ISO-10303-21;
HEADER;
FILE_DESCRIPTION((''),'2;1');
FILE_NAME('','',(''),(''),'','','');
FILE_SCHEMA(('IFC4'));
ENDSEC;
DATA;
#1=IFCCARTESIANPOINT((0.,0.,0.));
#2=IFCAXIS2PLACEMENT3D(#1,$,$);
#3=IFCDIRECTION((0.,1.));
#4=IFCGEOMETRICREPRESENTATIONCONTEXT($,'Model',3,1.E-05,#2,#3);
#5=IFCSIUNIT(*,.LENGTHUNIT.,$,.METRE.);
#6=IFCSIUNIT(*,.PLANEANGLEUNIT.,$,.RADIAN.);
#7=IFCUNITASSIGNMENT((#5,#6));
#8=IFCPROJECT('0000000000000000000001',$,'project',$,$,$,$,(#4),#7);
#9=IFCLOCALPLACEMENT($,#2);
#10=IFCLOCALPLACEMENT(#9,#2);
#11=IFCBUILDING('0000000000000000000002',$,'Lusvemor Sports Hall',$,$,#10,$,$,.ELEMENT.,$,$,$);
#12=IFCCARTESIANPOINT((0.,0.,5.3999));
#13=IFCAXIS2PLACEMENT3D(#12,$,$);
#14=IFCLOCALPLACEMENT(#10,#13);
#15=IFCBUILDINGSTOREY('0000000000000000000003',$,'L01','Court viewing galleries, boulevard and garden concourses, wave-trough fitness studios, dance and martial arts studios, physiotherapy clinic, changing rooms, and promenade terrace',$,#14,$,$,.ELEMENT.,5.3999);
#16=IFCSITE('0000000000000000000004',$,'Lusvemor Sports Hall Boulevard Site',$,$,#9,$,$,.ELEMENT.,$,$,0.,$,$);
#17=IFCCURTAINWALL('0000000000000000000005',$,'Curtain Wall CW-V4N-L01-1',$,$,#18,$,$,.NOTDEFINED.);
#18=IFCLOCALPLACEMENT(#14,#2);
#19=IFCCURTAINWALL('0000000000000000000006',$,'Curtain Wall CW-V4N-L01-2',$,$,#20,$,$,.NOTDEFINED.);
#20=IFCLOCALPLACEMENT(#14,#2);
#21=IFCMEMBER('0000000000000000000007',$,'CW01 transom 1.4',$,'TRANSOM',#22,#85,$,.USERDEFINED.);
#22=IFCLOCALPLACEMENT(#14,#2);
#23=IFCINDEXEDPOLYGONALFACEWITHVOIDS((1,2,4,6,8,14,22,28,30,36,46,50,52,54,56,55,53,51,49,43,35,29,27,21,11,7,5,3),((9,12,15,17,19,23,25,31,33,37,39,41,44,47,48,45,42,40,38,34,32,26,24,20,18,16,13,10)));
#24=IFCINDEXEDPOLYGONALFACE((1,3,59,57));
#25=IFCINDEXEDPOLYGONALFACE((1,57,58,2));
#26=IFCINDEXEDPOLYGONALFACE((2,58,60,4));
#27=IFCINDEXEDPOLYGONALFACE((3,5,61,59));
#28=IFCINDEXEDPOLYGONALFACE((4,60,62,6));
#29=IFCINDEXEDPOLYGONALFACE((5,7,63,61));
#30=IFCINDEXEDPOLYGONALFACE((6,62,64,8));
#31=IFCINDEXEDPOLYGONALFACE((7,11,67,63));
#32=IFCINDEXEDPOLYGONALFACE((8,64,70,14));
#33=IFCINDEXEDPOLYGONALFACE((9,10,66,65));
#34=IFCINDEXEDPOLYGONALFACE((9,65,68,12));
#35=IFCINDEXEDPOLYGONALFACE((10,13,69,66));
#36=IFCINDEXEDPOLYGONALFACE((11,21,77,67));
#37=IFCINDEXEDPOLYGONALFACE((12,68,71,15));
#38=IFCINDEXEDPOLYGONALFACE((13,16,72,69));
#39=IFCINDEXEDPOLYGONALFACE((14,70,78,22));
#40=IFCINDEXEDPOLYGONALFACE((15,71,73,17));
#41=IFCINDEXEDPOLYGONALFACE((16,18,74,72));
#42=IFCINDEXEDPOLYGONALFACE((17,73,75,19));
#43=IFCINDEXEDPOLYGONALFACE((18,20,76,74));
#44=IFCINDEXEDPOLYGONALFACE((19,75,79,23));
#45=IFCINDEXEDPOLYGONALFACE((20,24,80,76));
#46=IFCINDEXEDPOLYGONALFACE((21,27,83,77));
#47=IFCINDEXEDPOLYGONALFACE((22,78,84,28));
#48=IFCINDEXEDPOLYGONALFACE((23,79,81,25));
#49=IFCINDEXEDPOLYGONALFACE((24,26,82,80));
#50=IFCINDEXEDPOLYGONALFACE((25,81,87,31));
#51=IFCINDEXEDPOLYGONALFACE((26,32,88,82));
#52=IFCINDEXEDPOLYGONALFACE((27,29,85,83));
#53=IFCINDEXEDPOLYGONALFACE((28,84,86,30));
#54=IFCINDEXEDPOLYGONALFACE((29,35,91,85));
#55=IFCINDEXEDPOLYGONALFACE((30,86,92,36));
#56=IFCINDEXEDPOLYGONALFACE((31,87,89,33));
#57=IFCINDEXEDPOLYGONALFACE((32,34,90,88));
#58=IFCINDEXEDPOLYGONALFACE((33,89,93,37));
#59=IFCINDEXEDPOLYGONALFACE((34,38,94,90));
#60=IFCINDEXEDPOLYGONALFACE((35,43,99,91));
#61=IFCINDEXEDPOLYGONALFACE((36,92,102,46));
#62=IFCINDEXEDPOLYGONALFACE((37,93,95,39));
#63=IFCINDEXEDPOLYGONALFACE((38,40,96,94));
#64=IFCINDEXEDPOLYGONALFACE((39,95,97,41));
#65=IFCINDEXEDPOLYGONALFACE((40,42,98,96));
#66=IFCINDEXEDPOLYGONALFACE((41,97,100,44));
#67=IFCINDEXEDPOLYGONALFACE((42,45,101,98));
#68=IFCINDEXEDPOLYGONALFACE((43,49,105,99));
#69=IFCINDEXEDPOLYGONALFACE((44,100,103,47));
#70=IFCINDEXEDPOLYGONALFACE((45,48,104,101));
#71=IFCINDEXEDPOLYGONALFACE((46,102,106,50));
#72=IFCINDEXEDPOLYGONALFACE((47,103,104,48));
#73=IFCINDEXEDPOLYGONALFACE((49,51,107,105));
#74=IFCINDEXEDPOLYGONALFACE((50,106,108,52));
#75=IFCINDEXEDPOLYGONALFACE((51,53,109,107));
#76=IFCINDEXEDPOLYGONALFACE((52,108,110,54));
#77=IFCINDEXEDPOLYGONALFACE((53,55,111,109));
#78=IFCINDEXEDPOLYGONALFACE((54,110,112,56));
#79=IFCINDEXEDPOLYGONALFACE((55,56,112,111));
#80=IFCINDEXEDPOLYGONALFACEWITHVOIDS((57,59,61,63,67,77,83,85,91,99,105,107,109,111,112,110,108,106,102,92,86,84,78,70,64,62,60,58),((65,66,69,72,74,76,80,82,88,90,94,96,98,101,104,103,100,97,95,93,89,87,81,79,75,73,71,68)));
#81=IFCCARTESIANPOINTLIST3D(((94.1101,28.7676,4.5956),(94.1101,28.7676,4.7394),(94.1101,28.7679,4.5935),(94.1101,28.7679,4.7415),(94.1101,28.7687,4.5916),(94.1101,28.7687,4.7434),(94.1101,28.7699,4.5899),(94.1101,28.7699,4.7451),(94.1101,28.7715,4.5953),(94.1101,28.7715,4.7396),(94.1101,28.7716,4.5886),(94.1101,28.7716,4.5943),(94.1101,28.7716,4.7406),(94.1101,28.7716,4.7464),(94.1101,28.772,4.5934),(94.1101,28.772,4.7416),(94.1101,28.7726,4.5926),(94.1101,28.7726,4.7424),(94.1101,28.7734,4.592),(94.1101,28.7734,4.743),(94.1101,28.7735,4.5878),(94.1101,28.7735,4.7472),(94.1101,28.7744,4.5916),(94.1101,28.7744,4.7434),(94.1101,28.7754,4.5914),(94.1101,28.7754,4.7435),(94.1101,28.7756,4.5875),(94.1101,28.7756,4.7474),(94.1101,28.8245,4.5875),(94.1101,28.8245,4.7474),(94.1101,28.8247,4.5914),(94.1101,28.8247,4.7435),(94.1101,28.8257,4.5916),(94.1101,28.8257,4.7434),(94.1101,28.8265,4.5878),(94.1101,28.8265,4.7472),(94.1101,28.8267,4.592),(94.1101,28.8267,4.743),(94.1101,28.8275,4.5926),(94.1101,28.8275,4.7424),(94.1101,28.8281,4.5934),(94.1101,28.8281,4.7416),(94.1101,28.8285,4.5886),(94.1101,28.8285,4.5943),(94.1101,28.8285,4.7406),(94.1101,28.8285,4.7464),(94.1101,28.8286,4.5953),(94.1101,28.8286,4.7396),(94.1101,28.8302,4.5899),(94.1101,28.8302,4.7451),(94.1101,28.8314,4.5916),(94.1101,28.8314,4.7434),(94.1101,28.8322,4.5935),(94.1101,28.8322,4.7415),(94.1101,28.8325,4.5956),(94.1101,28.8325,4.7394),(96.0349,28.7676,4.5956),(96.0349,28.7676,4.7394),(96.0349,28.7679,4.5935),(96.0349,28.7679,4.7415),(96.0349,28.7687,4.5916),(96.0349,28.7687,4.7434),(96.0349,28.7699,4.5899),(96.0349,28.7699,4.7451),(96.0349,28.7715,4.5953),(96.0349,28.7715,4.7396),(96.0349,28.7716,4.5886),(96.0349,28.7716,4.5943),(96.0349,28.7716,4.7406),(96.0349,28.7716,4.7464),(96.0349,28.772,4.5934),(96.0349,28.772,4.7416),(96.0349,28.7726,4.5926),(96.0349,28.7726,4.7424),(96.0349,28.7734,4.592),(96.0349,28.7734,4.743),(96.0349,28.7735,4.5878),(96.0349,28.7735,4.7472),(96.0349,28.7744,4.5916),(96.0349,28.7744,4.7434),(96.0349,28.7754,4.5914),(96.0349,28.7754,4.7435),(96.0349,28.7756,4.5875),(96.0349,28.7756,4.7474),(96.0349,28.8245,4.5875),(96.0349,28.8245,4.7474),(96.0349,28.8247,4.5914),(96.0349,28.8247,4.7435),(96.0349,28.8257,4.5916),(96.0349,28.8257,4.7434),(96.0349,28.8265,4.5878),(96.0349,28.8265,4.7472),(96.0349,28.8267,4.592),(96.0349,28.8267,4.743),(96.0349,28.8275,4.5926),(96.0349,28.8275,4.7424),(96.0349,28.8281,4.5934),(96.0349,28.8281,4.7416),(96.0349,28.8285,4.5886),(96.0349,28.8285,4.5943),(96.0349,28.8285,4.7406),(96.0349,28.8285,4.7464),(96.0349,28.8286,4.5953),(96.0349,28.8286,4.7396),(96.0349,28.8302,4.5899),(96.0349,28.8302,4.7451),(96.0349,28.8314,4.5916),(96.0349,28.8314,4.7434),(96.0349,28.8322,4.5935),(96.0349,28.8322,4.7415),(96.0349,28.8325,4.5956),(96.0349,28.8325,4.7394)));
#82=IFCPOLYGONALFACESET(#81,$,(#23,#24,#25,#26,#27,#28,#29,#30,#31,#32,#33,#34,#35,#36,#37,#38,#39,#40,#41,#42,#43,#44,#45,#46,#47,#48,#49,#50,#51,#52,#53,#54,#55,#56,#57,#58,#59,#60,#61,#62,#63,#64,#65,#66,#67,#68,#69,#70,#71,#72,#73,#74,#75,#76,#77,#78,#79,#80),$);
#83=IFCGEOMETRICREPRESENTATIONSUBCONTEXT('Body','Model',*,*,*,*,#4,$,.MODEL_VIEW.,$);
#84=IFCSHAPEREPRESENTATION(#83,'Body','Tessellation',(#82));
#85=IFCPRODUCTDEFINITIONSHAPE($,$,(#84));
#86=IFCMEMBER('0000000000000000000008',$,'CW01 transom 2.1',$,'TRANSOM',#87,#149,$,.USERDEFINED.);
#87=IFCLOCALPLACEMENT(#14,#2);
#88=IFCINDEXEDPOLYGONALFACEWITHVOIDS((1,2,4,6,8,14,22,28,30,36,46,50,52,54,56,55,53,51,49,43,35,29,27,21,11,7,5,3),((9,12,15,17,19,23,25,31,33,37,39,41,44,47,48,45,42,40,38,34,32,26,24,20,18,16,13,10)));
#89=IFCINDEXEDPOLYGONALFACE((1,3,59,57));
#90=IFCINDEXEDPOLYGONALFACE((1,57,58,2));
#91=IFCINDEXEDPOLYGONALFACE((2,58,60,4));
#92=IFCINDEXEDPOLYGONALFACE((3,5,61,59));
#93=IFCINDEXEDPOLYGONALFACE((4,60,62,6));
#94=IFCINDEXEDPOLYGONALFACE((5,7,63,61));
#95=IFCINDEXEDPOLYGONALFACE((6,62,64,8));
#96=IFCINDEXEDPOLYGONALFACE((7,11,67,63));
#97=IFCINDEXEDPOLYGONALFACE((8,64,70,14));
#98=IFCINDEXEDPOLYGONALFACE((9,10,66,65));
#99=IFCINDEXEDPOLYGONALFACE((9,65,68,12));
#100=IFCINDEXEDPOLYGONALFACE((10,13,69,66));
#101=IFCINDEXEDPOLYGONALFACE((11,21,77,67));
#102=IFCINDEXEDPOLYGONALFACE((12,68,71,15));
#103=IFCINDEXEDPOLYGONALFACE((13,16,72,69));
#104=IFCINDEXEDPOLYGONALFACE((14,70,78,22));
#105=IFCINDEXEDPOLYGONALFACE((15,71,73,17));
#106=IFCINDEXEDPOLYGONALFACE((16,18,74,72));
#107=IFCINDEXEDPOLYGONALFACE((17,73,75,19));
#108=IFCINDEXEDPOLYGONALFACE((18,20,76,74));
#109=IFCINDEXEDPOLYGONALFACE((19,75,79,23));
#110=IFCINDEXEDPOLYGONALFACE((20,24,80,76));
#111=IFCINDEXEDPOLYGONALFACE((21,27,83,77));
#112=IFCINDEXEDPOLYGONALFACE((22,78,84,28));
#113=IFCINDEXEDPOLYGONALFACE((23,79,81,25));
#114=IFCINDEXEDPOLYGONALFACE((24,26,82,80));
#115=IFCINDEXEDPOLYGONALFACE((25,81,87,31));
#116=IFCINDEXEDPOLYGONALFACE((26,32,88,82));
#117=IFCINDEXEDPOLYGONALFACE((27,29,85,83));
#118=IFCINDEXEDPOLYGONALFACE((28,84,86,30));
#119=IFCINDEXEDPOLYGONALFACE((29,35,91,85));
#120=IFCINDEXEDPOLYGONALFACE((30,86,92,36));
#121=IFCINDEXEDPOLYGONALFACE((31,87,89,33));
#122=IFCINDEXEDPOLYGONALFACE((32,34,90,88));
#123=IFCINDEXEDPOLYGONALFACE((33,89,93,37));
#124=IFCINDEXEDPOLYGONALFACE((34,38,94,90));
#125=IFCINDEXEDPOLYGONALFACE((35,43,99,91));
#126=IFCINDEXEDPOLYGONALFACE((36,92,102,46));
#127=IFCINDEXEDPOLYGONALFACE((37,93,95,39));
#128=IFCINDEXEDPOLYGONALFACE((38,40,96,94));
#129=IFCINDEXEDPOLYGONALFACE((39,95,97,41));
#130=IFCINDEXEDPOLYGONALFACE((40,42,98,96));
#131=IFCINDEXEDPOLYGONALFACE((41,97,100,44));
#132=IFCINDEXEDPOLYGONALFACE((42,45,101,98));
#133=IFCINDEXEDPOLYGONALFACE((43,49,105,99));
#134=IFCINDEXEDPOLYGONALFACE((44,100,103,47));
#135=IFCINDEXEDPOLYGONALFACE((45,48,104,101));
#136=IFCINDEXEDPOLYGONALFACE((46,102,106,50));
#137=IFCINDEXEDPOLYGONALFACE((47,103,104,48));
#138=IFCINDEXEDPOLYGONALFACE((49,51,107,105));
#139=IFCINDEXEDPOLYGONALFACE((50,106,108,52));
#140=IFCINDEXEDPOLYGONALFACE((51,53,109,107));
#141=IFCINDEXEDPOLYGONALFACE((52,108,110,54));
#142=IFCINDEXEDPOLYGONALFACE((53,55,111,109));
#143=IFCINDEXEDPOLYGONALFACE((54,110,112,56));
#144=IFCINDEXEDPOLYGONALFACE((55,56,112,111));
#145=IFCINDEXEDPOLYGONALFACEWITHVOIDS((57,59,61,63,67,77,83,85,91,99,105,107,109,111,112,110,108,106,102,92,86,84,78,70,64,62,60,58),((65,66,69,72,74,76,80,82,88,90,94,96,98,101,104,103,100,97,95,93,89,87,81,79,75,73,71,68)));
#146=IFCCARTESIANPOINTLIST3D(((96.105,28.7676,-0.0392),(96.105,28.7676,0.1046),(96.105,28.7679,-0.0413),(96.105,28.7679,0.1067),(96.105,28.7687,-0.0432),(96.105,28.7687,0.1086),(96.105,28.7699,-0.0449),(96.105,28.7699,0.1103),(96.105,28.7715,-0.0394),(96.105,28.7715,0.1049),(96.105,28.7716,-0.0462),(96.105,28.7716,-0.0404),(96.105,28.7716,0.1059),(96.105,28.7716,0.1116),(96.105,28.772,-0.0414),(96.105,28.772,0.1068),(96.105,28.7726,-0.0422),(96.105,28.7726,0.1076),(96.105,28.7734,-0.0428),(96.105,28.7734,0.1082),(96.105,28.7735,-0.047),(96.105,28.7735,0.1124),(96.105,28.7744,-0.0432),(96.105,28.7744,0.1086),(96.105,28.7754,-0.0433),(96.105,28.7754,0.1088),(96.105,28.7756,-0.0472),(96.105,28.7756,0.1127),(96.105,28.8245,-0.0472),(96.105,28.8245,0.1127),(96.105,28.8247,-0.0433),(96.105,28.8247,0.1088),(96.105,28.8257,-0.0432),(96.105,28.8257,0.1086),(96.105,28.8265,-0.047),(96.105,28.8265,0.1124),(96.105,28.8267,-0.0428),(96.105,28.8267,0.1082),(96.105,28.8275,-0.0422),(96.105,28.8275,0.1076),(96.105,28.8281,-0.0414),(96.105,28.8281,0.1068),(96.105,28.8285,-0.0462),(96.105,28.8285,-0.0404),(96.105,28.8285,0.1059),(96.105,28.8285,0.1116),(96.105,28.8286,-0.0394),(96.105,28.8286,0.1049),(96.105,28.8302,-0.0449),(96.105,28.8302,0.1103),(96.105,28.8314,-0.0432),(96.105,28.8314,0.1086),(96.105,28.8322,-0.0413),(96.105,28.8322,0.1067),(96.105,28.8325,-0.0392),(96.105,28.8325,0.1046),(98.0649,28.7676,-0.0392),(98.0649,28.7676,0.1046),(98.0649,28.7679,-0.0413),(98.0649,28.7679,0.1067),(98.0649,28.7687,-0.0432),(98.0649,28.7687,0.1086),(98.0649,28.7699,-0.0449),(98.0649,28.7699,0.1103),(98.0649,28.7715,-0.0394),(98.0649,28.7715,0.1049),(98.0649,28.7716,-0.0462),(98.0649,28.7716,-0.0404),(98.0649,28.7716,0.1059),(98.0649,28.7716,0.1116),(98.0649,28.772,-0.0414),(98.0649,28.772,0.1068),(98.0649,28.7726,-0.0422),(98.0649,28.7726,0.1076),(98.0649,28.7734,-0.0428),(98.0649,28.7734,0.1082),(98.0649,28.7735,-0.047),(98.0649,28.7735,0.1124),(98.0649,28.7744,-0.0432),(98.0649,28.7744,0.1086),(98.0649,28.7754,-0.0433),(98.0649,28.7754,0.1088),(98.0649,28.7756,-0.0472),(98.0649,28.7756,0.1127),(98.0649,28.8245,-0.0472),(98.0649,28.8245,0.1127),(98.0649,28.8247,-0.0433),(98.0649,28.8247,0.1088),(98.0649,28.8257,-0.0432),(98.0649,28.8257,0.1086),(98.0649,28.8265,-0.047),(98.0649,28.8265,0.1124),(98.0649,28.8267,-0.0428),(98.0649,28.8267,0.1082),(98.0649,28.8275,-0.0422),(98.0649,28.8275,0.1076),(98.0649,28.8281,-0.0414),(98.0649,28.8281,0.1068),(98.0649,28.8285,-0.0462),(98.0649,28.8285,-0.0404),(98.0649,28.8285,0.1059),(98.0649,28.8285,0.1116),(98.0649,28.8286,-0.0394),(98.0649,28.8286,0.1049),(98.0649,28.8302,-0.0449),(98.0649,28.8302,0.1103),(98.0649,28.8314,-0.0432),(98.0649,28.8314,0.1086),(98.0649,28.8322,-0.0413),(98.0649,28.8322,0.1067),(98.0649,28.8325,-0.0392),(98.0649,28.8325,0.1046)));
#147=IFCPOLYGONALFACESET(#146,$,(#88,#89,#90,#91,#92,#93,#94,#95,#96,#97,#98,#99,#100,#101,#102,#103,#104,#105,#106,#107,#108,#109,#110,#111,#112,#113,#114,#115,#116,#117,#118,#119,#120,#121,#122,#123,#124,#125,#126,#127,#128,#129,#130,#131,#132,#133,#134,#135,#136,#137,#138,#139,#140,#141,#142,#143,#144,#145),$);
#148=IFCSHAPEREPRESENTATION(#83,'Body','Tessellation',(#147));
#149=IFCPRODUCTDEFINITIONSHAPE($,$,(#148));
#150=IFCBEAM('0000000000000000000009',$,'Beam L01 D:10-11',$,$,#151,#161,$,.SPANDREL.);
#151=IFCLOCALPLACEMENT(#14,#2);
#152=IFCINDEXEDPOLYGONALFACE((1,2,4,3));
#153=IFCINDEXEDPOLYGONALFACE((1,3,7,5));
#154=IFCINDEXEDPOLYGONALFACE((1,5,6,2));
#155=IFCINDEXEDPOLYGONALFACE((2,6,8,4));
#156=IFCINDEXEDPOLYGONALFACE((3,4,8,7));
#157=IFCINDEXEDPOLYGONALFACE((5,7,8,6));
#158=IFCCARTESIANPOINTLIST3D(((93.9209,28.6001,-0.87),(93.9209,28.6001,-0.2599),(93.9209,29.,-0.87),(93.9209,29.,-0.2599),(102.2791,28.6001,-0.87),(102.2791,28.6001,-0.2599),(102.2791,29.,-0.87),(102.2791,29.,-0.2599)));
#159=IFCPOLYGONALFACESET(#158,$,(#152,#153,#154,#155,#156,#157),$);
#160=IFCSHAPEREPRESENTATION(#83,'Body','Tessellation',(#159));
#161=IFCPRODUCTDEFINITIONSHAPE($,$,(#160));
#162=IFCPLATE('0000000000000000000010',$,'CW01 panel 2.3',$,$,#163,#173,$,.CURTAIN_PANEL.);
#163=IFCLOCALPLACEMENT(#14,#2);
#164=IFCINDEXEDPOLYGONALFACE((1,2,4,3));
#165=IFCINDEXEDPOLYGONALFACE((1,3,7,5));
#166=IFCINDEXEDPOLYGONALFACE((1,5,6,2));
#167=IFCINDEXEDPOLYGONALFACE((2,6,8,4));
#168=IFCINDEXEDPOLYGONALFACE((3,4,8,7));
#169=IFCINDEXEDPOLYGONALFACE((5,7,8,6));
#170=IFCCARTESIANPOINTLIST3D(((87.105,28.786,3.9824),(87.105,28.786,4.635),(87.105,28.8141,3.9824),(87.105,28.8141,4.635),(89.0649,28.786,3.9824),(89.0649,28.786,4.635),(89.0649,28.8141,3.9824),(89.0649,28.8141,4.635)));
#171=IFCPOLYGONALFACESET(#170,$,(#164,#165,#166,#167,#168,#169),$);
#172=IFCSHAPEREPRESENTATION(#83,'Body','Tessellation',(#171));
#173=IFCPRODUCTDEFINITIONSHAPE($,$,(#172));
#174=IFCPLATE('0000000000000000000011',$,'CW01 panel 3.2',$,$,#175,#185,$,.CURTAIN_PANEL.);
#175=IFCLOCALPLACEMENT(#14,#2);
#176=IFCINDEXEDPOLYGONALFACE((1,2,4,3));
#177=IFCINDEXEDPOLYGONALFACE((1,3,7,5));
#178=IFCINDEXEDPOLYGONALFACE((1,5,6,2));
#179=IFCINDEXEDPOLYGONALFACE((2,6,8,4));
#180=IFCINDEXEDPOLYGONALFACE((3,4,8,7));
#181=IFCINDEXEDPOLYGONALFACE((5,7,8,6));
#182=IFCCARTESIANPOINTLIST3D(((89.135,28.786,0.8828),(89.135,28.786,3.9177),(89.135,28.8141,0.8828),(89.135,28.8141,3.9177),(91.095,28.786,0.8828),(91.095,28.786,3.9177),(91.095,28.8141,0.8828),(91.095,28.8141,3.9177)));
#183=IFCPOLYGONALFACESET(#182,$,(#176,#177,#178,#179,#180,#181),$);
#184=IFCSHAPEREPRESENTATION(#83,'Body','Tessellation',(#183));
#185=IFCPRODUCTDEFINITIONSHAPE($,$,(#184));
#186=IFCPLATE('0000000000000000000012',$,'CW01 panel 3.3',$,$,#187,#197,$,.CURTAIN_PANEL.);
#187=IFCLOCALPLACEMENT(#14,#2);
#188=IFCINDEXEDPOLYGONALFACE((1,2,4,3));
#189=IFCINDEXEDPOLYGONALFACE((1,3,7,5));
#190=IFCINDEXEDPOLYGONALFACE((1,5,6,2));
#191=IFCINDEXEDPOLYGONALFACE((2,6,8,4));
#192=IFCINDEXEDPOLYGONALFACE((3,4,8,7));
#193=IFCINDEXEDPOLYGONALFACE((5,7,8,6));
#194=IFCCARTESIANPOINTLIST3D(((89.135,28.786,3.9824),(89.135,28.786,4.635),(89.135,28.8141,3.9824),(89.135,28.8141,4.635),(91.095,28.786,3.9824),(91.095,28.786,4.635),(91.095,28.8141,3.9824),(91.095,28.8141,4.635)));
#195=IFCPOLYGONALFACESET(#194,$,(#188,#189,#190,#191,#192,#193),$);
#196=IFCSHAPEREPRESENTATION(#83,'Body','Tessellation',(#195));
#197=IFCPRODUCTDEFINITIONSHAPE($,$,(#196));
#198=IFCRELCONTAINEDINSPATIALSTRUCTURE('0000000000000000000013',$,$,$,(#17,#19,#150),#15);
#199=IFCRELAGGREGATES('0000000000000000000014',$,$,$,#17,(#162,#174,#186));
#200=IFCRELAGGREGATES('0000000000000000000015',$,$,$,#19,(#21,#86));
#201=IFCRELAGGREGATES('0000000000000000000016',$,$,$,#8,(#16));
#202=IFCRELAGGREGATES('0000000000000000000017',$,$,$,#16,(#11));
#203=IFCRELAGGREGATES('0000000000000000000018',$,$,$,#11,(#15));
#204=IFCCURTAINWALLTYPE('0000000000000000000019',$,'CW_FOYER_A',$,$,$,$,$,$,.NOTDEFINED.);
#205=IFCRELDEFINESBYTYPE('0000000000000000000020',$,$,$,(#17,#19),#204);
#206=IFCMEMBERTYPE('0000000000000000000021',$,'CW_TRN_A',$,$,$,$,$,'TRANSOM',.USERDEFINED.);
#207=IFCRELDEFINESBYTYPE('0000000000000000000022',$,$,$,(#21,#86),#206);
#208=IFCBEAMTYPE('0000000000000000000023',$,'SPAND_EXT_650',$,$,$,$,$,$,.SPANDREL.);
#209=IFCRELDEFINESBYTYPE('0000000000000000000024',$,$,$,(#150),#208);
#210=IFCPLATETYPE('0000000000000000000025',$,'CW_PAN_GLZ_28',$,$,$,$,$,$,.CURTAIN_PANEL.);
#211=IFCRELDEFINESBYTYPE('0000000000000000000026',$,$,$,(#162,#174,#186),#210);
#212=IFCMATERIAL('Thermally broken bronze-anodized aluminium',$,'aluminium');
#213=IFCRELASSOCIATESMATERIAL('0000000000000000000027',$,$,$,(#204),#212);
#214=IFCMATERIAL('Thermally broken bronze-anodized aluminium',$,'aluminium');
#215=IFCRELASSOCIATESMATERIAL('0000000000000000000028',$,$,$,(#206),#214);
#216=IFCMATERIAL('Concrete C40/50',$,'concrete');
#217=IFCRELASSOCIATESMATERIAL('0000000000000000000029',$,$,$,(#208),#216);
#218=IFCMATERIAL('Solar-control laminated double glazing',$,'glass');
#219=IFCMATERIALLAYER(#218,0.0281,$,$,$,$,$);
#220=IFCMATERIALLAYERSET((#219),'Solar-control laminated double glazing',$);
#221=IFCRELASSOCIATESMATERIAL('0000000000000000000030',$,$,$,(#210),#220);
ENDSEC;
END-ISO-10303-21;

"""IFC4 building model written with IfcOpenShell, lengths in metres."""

from ifc_helpers import new_model, si_unit, direction, frame, origin, origin_2d, place, context, subcontext, project, spatial, rectangle, hollow_rectangle, extrude, material, layer, layer_set, material_profile, profile_set, type_object, element, aggregate, save


model = new_model("IFC4")

# Units and contexts
model_context = context("Model", 3, precision=1e-05, world=origin(), true_north=direction((0.0, 1.0)))
body_context = subcontext(model_context, "Body", "Model", "MODEL_VIEW")
ifc_project = project(units=[si_unit("LENGTHUNIT", "METRE"), si_unit("PLANEANGLEUNIT", "RADIAN")], contexts=[model_context])

# Site, building, storey
site_placement = place(None, origin())
site = spatial("IfcSite", under=ifc_project, at=site_placement, Name="Lusvemor Sports Hall Boulevard Site", CompositionType="ELEMENT", RefElevation=0.0)
building_placement = place(site_placement, origin())
building = spatial("IfcBuilding", under=site, at=building_placement, Name="Lusvemor Sports Hall", CompositionType="ELEMENT")
storey_placement = place(building_placement, frame((0.0, 0.0, 5.3999)))
storey = spatial("IfcBuildingStorey", under=building, at=storey_placement, Name="L01", Description="Court viewing galleries, boulevard and garden concourses, wave-trough fitness studios, dance and martial arts studios, physiotherapy clinic, changing rooms, and promenade terrace", CompositionType="ELEMENT", Elevation=5.3999)

# Curtain walls
ifc_material_1 = material(Name="Thermally broken bronze-anodized aluminium", Category="aluminium")
curtain_wall_type = type_object("IfcCurtainWallType", Name="CW_FOYER_A", PredefinedType="NOTDEFINED", material=ifc_material_1)
curtain_wall_1_placement = place(storey_placement, origin())
curtain_wall_1 = element("IfcCurtainWall", 1, at=curtain_wall_1_placement, inside=storey, type_object=curtain_wall_type, Name="Curtain Wall CW-V4N-L01-1", PredefinedType="NOTDEFINED")
curtain_wall_2_placement = place(storey_placement, origin())
curtain_wall_2 = element("IfcCurtainWall", 2, at=curtain_wall_2_placement, inside=storey, type_object=curtain_wall_type, Name="Curtain Wall CW-V4N-L01-2", PredefinedType="NOTDEFINED")

# Members
ifc_material_2 = material(Name="Thermally broken bronze-anodized aluminium", Category="aluminium")
ifc_material_profile_1 = material_profile(ifc_material_2, hollow_rectangle(XDim=0.0649, YDim=0.1599, WallThickness=0.0039, InnerFilletRadius=0.0039, OuterFilletRadius=0.0081, at=origin_2d()), Name="CWTRN160x65x4")
ifc_profile_set_1 = profile_set([ifc_material_profile_1], Name="Thermally broken bronze-anodized aluminium")
member_type_1 = type_object("IfcMemberType", Name="CW_TRN_A", ElementType="TRANSOM", PredefinedType="USERDEFINED", material=ifc_profile_set_1)
member_1_placement = place(storey_placement, frame((94.1101, 28.8, 4.6675), z_axis=(1.0, 0.0, 0.0), x_axis=(0.0, 1.0, 0.0)))
member_1 = element("IfcMember", 3, at=member_1_placement, type_object=member_type_1, Name="CW01 transom 1.4", ObjectType="TRANSOM", PredefinedType="USERDEFINED", context=body_context, shape_type="SweptSolid", body=[
    extrude(hollow_rectangle(XDim=0.0649, YDim=0.1599, WallThickness=0.0039, InnerFilletRadius=0.0039, OuterFilletRadius=0.0081, at=origin_2d()), origin(), (0.0, 0.0, 1.0), 1.9248),
])
member_2_placement = place(storey_placement, frame((96.105, 28.8, 0.0327), z_axis=(1.0, 0.0, 0.0), x_axis=(0.0, 1.0, 0.0)))
member_2 = element("IfcMember", 4, at=member_2_placement, type_object=member_type_1, Name="CW01 transom 2.1", ObjectType="TRANSOM", PredefinedType="USERDEFINED", context=body_context, shape_type="SweptSolid", body=[
    extrude(hollow_rectangle(XDim=0.0649, YDim=0.1599, WallThickness=0.0039, InnerFilletRadius=0.0039, OuterFilletRadius=0.0081, at=origin_2d()), origin(), (0.0, 0.0, 1.0), 1.96),
])

# Beam
ifc_material_3 = material(Name="Concrete C40/50", Category="concrete")
ifc_material_profile_2 = material_profile(ifc_material_3, rectangle(XDim=0.3999, YDim=0.6101, at=origin_2d()), Name="RC400x610")
ifc_profile_set_2 = profile_set([ifc_material_profile_2], Name="Concrete C40/50")
beam_type = type_object("IfcBeamType", Name="SPAND_EXT_650", PredefinedType="SPANDREL", material=ifc_profile_set_2)
beam_placement = place(storey_placement, frame((93.9209, 28.8, -0.5649), z_axis=(1.0, 0.0, 0.0), x_axis=(0.0, 1.0, 0.0)))
element("IfcBeam", 5, at=beam_placement, inside=storey, type_object=beam_type, Name="Beam L01 D:10-11", PredefinedType="SPANDREL", context=body_context, shape_type="SweptSolid", body=[
    extrude(rectangle(XDim=0.3999, YDim=0.6101, at=origin_2d()), origin(), (0.0, 0.0, 1.0), 8.3582),
])

# Plates
ifc_material_4 = material(Name="Solar-control laminated double glazing", Category="glass")
ifc_layer_1 = layer(ifc_material_4, 0.0281)
ifc_layer_set_1 = layer_set([ifc_layer_1], Name="Solar-control laminated double glazing")
plate_type_1 = type_object("IfcPlateType", Name="CW_PAN_GLZ_28", PredefinedType="CURTAIN_PANEL", material=ifc_layer_set_1)
plate_1_placement = place(storey_placement, frame((88.085, 28.8, 3.9824), z_axis=(0.0, 0.0, 1.0), x_axis=(1.0, 0.0, 0.0)))
plate_1 = element("IfcPlate", 6, at=plate_1_placement, type_object=plate_type_1, Name="CW01 panel 2.3", PredefinedType="CURTAIN_PANEL", context=body_context, shape_type="SweptSolid", body=[
    extrude(rectangle(XDim=1.96, YDim=0.0281, at=origin_2d()), origin(), (0.0, 0.0, 1.0), 0.6526),
])
plate_2_placement = place(storey_placement, frame((90.115, 28.8, 0.8828), z_axis=(0.0, 0.0, 1.0), x_axis=(1.0, 0.0, 0.0)))
plate_2 = element("IfcPlate", 7, at=plate_2_placement, type_object=plate_type_1, Name="CW01 panel 3.2", PredefinedType="CURTAIN_PANEL", context=body_context, shape_type="SweptSolid", body=[
    extrude(rectangle(XDim=1.96, YDim=0.0281, at=origin_2d()), origin(), (0.0, 0.0, 1.0), 3.0349),
])
plate_3_placement = place(storey_placement, frame((90.115, 28.8, 3.9824), z_axis=(0.0, 0.0, 1.0), x_axis=(1.0, 0.0, 0.0)))
plate_3 = element("IfcPlate", 8, at=plate_3_placement, type_object=plate_type_1, Name="CW01 panel 3.3", PredefinedType="CURTAIN_PANEL", context=body_context, shape_type="SweptSolid", body=[
    extrude(rectangle(XDim=1.96, YDim=0.0281, at=origin_2d()), origin(), (0.0, 0.0, 1.0), 0.6526),
])
aggregate(curtain_wall_1, [plate_1, plate_2, plate_3])
aggregate(curtain_wall_2, [member_1, member_2])

save(model, "model.ifc")
